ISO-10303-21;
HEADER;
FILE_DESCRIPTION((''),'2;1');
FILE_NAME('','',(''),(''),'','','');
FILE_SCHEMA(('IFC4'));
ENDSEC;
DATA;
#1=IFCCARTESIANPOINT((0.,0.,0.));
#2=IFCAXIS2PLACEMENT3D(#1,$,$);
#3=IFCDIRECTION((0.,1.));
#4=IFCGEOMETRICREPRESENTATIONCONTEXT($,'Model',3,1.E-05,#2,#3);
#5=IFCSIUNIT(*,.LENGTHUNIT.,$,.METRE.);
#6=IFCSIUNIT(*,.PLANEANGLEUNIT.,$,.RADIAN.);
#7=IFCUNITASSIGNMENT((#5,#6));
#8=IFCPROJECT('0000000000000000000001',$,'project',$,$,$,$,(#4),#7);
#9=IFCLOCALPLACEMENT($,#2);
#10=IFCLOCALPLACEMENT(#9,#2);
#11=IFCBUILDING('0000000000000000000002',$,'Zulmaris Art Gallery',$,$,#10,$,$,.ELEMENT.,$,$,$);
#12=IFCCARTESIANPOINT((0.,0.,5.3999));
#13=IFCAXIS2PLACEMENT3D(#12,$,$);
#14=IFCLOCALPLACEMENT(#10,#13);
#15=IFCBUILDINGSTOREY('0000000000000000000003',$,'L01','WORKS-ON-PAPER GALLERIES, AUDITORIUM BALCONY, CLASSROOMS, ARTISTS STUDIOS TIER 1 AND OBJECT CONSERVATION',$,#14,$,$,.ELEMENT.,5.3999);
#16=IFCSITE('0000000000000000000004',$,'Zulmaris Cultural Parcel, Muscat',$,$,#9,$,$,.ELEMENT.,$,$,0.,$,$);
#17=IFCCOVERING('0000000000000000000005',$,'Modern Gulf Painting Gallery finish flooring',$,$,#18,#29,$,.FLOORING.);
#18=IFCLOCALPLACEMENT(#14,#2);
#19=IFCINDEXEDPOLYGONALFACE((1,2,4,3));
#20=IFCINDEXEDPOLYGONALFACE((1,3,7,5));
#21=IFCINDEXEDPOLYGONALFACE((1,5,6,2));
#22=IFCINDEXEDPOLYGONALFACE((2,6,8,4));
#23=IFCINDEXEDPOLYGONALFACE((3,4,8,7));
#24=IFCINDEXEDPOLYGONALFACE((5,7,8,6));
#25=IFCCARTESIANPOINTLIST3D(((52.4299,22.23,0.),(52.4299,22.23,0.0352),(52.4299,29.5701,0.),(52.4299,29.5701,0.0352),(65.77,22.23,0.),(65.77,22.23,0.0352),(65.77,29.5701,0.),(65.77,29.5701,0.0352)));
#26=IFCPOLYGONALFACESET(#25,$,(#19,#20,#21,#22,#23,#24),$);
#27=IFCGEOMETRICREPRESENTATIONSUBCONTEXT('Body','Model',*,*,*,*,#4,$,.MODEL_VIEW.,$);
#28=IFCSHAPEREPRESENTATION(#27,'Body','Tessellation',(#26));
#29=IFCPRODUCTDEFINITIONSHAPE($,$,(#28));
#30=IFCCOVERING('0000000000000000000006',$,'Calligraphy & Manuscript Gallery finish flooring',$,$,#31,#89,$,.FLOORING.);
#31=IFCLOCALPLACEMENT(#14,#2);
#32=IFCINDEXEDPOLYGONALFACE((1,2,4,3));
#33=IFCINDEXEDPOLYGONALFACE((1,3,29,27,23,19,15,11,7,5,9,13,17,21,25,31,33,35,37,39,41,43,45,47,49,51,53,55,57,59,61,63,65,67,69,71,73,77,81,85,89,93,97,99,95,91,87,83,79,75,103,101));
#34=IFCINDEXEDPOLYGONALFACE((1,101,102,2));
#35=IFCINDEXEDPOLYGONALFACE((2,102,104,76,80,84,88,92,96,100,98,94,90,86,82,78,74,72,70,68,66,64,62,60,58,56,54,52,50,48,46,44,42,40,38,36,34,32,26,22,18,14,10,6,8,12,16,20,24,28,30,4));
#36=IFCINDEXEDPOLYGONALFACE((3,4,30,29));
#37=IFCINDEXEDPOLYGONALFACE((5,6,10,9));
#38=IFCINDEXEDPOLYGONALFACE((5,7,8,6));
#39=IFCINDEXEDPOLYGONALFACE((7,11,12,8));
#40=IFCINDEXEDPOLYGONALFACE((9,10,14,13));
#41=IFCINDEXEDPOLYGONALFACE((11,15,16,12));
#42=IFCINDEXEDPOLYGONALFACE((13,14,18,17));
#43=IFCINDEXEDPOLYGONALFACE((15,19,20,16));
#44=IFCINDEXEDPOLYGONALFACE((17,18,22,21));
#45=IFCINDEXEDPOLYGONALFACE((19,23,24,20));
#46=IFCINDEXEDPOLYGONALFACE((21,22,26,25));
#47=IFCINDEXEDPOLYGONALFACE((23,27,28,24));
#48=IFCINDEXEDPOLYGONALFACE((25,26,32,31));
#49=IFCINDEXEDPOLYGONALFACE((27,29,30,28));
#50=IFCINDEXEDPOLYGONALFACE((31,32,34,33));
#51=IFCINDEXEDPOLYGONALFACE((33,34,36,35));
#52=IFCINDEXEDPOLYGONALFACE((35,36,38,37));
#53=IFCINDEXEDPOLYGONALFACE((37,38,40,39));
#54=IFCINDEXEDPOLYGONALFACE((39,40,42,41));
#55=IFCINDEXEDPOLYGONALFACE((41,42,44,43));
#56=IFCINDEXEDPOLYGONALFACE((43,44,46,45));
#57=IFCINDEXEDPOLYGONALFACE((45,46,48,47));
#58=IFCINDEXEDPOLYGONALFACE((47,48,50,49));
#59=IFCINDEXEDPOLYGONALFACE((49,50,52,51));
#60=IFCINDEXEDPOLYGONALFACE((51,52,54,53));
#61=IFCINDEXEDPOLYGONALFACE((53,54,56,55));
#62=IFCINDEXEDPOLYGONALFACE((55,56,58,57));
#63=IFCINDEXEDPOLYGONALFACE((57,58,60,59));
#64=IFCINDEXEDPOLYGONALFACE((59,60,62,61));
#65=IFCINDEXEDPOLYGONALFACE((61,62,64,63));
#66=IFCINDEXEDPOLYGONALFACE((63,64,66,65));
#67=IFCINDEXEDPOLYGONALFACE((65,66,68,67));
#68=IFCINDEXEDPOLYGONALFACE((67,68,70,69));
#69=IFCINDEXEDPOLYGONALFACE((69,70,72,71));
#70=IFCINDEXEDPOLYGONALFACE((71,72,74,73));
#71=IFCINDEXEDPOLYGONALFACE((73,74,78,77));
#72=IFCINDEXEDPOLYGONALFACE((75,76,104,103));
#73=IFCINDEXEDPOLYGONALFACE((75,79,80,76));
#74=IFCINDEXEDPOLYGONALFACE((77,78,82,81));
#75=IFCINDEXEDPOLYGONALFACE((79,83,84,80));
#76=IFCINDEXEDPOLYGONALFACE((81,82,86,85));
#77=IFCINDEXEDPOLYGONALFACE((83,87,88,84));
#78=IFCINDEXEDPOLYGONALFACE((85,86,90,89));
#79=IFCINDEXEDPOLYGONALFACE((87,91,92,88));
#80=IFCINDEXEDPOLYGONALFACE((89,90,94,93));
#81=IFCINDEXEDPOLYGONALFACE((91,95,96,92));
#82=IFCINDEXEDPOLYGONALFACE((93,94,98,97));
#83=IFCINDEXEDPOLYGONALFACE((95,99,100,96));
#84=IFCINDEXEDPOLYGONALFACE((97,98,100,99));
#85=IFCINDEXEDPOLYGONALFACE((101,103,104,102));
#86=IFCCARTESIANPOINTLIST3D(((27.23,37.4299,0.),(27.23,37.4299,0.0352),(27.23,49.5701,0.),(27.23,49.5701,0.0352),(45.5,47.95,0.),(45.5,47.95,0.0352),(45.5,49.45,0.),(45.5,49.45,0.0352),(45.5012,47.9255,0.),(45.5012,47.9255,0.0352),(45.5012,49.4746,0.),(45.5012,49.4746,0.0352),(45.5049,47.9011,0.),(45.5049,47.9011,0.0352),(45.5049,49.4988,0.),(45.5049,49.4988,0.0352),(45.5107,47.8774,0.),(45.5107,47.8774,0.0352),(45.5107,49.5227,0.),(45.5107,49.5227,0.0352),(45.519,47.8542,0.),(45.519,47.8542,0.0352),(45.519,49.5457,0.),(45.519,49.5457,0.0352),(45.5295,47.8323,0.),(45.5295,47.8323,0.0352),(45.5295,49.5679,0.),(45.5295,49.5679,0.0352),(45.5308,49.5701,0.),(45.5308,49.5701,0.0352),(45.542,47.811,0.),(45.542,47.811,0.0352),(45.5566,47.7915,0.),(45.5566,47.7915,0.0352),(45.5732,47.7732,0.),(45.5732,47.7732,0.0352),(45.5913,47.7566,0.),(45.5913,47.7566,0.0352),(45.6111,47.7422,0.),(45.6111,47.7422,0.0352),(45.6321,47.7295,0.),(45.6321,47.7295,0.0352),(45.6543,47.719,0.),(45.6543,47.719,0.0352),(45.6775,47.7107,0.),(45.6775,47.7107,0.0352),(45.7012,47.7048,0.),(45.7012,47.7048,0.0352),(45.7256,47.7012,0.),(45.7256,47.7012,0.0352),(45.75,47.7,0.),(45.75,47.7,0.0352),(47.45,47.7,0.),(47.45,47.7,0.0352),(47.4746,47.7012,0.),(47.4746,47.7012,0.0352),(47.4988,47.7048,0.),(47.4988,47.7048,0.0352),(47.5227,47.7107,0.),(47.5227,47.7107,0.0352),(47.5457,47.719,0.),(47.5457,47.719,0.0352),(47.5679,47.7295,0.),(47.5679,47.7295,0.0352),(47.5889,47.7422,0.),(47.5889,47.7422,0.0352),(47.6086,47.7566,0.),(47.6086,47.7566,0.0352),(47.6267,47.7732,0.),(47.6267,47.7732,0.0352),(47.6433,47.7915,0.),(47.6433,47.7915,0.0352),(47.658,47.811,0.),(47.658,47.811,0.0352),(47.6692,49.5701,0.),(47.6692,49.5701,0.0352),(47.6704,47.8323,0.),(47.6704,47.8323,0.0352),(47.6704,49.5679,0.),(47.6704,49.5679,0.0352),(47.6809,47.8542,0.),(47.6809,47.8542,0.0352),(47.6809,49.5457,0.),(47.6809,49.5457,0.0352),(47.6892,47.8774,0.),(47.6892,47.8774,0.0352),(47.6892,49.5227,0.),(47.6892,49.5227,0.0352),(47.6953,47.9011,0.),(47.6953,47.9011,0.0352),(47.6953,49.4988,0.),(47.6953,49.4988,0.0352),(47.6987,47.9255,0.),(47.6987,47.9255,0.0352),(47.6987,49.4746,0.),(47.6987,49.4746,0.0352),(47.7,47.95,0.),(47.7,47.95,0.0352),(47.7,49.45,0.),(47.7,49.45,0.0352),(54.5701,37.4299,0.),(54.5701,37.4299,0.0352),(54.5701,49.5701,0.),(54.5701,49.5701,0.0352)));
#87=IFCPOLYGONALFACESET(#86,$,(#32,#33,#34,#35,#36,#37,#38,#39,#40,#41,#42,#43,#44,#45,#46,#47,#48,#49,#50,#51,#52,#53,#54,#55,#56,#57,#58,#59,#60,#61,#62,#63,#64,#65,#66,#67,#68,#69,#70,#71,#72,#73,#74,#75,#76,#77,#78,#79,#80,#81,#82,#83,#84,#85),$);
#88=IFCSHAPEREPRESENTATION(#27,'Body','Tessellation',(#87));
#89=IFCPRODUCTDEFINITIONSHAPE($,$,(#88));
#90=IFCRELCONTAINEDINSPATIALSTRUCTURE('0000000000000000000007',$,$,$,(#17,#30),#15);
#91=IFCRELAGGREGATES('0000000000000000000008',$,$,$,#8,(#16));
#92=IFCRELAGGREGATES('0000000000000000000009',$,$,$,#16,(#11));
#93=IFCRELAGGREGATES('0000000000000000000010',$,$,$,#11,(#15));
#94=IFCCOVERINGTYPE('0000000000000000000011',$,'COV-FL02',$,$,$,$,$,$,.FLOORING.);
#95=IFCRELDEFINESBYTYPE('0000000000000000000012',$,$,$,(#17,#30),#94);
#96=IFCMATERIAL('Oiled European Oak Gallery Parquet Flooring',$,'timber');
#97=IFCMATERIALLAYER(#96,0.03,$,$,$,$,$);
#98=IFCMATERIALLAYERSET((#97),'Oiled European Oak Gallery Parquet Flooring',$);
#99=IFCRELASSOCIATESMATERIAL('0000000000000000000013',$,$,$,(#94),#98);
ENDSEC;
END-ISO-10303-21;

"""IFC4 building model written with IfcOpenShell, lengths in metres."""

from ifc_helpers import new_model, si_unit, direction, frame, origin, place, context, subcontext, project, spatial, polyline, outline, extrude, material, layer, layer_set, type_object, element, save


model = new_model("IFC4")

# Units and contexts
model_context = context("Model", 3, precision=1e-05, world=origin(), true_north=direction((0.0, 1.0)))
body_context = subcontext(model_context, "Body", "Model", "MODEL_VIEW")
ifc_project = project(units=[si_unit("LENGTHUNIT", "METRE"), si_unit("PLANEANGLEUNIT", "RADIAN")], contexts=[model_context])

# Site, building, storey
site_placement = place(None, origin())
site = spatial("IfcSite", under=ifc_project, at=site_placement, Name="Zulmaris Cultural Parcel, Muscat", CompositionType="ELEMENT", RefElevation=0.0)
building_placement = place(site_placement, origin())
building = spatial("IfcBuilding", under=site, at=building_placement, Name="Zulmaris Art Gallery", CompositionType="ELEMENT")
storey_placement = place(building_placement, frame((0.0, 0.0, 5.3999)))
storey = spatial("IfcBuildingStorey", under=building, at=storey_placement, Name="L01", Description="WORKS-ON-PAPER GALLERIES, AUDITORIUM BALCONY, CLASSROOMS, ARTISTS STUDIOS TIER 1 AND OBJECT CONSERVATION", CompositionType="ELEMENT", Elevation=5.3999)

# Coverings
ifc_material_1 = material(Name="Oiled European Oak Gallery Parquet Flooring", Category="timber")
ifc_layer_1 = layer(ifc_material_1, 0.03)
ifc_layer_set_1 = layer_set([ifc_layer_1], Name="Oiled European Oak Gallery Parquet Flooring")
covering_type_1 = type_object("IfcCoveringType", Name="COV-FL02", PredefinedType="FLOORING", material=ifc_layer_set_1)
covering_1_placement = place(storey_placement, origin())
element("IfcCovering", 1, at=covering_1_placement, inside=storey, type_object=covering_type_1, Name="Modern Gulf Painting Gallery finish flooring", PredefinedType="FLOORING", context=body_context, shape_type="SweptSolid", body=[
    extrude(outline(polyline([(65.77, 22.23), (52.4299, 22.23), (52.4299, 29.5701), (65.77, 29.5701), (65.77, 22.23)])), origin(), (0.0, 0.0, 1.0), 0.0352),
])
covering_2_placement = place(storey_placement, origin())
element("IfcCovering", 2, at=covering_2_placement, inside=storey, type_object=covering_type_1, Name="Calligraphy & Manuscript Gallery finish flooring", PredefinedType="FLOORING", context=body_context, shape_type="SweptSolid", body=[
    extrude(outline(polyline([(45.5012, 47.9255), (45.5049, 47.9011), (45.5107, 47.8774), (45.519, 47.8542), (45.5295, 47.8323), (45.542, 47.811), (45.5566, 47.7915), (45.5732, 47.7732), (45.5913, 47.7566), (45.6111, 47.7422), (45.6321, 47.7295), (45.6543, 47.719), (45.6775, 47.7107), (45.7012, 47.7048), (45.7256, 47.7012), (45.75, 47.7), (47.45, 47.7), (47.4746, 47.7012), (47.4988, 47.7048), (47.5227, 47.7107), (47.5457, 47.719), (47.5679, 47.7295), (47.5889, 47.7422), (47.6086, 47.7566), (47.6267, 47.7732), (47.6433, 47.7915), (47.658, 47.811), (47.6704, 47.8323), (47.6809, 47.8542), (47.6892, 47.8774), (47.6953, 47.9011), (47.6987, 47.9255), (47.7, 47.95), (47.7, 49.45), (47.6987, 49.4746), (47.6953, 49.4988), (47.6892, 49.5227), (47.6809, 49.5457), (47.6704, 49.5679), (47.6692, 49.5701), (54.5701, 49.5701), (54.5701, 37.4299), (27.23, 37.4299), (27.23, 49.5701), (45.5308, 49.5701), (45.5295, 49.5679), (45.519, 49.5457), (45.5107, 49.5227), (45.5049, 49.4988), (45.5012, 49.4746), (45.5, 49.45), (45.5, 47.95), (45.5012, 47.9255)])), origin(), (0.0, 0.0, 1.0), 0.0352),
])

save(model, "model.ifc")
